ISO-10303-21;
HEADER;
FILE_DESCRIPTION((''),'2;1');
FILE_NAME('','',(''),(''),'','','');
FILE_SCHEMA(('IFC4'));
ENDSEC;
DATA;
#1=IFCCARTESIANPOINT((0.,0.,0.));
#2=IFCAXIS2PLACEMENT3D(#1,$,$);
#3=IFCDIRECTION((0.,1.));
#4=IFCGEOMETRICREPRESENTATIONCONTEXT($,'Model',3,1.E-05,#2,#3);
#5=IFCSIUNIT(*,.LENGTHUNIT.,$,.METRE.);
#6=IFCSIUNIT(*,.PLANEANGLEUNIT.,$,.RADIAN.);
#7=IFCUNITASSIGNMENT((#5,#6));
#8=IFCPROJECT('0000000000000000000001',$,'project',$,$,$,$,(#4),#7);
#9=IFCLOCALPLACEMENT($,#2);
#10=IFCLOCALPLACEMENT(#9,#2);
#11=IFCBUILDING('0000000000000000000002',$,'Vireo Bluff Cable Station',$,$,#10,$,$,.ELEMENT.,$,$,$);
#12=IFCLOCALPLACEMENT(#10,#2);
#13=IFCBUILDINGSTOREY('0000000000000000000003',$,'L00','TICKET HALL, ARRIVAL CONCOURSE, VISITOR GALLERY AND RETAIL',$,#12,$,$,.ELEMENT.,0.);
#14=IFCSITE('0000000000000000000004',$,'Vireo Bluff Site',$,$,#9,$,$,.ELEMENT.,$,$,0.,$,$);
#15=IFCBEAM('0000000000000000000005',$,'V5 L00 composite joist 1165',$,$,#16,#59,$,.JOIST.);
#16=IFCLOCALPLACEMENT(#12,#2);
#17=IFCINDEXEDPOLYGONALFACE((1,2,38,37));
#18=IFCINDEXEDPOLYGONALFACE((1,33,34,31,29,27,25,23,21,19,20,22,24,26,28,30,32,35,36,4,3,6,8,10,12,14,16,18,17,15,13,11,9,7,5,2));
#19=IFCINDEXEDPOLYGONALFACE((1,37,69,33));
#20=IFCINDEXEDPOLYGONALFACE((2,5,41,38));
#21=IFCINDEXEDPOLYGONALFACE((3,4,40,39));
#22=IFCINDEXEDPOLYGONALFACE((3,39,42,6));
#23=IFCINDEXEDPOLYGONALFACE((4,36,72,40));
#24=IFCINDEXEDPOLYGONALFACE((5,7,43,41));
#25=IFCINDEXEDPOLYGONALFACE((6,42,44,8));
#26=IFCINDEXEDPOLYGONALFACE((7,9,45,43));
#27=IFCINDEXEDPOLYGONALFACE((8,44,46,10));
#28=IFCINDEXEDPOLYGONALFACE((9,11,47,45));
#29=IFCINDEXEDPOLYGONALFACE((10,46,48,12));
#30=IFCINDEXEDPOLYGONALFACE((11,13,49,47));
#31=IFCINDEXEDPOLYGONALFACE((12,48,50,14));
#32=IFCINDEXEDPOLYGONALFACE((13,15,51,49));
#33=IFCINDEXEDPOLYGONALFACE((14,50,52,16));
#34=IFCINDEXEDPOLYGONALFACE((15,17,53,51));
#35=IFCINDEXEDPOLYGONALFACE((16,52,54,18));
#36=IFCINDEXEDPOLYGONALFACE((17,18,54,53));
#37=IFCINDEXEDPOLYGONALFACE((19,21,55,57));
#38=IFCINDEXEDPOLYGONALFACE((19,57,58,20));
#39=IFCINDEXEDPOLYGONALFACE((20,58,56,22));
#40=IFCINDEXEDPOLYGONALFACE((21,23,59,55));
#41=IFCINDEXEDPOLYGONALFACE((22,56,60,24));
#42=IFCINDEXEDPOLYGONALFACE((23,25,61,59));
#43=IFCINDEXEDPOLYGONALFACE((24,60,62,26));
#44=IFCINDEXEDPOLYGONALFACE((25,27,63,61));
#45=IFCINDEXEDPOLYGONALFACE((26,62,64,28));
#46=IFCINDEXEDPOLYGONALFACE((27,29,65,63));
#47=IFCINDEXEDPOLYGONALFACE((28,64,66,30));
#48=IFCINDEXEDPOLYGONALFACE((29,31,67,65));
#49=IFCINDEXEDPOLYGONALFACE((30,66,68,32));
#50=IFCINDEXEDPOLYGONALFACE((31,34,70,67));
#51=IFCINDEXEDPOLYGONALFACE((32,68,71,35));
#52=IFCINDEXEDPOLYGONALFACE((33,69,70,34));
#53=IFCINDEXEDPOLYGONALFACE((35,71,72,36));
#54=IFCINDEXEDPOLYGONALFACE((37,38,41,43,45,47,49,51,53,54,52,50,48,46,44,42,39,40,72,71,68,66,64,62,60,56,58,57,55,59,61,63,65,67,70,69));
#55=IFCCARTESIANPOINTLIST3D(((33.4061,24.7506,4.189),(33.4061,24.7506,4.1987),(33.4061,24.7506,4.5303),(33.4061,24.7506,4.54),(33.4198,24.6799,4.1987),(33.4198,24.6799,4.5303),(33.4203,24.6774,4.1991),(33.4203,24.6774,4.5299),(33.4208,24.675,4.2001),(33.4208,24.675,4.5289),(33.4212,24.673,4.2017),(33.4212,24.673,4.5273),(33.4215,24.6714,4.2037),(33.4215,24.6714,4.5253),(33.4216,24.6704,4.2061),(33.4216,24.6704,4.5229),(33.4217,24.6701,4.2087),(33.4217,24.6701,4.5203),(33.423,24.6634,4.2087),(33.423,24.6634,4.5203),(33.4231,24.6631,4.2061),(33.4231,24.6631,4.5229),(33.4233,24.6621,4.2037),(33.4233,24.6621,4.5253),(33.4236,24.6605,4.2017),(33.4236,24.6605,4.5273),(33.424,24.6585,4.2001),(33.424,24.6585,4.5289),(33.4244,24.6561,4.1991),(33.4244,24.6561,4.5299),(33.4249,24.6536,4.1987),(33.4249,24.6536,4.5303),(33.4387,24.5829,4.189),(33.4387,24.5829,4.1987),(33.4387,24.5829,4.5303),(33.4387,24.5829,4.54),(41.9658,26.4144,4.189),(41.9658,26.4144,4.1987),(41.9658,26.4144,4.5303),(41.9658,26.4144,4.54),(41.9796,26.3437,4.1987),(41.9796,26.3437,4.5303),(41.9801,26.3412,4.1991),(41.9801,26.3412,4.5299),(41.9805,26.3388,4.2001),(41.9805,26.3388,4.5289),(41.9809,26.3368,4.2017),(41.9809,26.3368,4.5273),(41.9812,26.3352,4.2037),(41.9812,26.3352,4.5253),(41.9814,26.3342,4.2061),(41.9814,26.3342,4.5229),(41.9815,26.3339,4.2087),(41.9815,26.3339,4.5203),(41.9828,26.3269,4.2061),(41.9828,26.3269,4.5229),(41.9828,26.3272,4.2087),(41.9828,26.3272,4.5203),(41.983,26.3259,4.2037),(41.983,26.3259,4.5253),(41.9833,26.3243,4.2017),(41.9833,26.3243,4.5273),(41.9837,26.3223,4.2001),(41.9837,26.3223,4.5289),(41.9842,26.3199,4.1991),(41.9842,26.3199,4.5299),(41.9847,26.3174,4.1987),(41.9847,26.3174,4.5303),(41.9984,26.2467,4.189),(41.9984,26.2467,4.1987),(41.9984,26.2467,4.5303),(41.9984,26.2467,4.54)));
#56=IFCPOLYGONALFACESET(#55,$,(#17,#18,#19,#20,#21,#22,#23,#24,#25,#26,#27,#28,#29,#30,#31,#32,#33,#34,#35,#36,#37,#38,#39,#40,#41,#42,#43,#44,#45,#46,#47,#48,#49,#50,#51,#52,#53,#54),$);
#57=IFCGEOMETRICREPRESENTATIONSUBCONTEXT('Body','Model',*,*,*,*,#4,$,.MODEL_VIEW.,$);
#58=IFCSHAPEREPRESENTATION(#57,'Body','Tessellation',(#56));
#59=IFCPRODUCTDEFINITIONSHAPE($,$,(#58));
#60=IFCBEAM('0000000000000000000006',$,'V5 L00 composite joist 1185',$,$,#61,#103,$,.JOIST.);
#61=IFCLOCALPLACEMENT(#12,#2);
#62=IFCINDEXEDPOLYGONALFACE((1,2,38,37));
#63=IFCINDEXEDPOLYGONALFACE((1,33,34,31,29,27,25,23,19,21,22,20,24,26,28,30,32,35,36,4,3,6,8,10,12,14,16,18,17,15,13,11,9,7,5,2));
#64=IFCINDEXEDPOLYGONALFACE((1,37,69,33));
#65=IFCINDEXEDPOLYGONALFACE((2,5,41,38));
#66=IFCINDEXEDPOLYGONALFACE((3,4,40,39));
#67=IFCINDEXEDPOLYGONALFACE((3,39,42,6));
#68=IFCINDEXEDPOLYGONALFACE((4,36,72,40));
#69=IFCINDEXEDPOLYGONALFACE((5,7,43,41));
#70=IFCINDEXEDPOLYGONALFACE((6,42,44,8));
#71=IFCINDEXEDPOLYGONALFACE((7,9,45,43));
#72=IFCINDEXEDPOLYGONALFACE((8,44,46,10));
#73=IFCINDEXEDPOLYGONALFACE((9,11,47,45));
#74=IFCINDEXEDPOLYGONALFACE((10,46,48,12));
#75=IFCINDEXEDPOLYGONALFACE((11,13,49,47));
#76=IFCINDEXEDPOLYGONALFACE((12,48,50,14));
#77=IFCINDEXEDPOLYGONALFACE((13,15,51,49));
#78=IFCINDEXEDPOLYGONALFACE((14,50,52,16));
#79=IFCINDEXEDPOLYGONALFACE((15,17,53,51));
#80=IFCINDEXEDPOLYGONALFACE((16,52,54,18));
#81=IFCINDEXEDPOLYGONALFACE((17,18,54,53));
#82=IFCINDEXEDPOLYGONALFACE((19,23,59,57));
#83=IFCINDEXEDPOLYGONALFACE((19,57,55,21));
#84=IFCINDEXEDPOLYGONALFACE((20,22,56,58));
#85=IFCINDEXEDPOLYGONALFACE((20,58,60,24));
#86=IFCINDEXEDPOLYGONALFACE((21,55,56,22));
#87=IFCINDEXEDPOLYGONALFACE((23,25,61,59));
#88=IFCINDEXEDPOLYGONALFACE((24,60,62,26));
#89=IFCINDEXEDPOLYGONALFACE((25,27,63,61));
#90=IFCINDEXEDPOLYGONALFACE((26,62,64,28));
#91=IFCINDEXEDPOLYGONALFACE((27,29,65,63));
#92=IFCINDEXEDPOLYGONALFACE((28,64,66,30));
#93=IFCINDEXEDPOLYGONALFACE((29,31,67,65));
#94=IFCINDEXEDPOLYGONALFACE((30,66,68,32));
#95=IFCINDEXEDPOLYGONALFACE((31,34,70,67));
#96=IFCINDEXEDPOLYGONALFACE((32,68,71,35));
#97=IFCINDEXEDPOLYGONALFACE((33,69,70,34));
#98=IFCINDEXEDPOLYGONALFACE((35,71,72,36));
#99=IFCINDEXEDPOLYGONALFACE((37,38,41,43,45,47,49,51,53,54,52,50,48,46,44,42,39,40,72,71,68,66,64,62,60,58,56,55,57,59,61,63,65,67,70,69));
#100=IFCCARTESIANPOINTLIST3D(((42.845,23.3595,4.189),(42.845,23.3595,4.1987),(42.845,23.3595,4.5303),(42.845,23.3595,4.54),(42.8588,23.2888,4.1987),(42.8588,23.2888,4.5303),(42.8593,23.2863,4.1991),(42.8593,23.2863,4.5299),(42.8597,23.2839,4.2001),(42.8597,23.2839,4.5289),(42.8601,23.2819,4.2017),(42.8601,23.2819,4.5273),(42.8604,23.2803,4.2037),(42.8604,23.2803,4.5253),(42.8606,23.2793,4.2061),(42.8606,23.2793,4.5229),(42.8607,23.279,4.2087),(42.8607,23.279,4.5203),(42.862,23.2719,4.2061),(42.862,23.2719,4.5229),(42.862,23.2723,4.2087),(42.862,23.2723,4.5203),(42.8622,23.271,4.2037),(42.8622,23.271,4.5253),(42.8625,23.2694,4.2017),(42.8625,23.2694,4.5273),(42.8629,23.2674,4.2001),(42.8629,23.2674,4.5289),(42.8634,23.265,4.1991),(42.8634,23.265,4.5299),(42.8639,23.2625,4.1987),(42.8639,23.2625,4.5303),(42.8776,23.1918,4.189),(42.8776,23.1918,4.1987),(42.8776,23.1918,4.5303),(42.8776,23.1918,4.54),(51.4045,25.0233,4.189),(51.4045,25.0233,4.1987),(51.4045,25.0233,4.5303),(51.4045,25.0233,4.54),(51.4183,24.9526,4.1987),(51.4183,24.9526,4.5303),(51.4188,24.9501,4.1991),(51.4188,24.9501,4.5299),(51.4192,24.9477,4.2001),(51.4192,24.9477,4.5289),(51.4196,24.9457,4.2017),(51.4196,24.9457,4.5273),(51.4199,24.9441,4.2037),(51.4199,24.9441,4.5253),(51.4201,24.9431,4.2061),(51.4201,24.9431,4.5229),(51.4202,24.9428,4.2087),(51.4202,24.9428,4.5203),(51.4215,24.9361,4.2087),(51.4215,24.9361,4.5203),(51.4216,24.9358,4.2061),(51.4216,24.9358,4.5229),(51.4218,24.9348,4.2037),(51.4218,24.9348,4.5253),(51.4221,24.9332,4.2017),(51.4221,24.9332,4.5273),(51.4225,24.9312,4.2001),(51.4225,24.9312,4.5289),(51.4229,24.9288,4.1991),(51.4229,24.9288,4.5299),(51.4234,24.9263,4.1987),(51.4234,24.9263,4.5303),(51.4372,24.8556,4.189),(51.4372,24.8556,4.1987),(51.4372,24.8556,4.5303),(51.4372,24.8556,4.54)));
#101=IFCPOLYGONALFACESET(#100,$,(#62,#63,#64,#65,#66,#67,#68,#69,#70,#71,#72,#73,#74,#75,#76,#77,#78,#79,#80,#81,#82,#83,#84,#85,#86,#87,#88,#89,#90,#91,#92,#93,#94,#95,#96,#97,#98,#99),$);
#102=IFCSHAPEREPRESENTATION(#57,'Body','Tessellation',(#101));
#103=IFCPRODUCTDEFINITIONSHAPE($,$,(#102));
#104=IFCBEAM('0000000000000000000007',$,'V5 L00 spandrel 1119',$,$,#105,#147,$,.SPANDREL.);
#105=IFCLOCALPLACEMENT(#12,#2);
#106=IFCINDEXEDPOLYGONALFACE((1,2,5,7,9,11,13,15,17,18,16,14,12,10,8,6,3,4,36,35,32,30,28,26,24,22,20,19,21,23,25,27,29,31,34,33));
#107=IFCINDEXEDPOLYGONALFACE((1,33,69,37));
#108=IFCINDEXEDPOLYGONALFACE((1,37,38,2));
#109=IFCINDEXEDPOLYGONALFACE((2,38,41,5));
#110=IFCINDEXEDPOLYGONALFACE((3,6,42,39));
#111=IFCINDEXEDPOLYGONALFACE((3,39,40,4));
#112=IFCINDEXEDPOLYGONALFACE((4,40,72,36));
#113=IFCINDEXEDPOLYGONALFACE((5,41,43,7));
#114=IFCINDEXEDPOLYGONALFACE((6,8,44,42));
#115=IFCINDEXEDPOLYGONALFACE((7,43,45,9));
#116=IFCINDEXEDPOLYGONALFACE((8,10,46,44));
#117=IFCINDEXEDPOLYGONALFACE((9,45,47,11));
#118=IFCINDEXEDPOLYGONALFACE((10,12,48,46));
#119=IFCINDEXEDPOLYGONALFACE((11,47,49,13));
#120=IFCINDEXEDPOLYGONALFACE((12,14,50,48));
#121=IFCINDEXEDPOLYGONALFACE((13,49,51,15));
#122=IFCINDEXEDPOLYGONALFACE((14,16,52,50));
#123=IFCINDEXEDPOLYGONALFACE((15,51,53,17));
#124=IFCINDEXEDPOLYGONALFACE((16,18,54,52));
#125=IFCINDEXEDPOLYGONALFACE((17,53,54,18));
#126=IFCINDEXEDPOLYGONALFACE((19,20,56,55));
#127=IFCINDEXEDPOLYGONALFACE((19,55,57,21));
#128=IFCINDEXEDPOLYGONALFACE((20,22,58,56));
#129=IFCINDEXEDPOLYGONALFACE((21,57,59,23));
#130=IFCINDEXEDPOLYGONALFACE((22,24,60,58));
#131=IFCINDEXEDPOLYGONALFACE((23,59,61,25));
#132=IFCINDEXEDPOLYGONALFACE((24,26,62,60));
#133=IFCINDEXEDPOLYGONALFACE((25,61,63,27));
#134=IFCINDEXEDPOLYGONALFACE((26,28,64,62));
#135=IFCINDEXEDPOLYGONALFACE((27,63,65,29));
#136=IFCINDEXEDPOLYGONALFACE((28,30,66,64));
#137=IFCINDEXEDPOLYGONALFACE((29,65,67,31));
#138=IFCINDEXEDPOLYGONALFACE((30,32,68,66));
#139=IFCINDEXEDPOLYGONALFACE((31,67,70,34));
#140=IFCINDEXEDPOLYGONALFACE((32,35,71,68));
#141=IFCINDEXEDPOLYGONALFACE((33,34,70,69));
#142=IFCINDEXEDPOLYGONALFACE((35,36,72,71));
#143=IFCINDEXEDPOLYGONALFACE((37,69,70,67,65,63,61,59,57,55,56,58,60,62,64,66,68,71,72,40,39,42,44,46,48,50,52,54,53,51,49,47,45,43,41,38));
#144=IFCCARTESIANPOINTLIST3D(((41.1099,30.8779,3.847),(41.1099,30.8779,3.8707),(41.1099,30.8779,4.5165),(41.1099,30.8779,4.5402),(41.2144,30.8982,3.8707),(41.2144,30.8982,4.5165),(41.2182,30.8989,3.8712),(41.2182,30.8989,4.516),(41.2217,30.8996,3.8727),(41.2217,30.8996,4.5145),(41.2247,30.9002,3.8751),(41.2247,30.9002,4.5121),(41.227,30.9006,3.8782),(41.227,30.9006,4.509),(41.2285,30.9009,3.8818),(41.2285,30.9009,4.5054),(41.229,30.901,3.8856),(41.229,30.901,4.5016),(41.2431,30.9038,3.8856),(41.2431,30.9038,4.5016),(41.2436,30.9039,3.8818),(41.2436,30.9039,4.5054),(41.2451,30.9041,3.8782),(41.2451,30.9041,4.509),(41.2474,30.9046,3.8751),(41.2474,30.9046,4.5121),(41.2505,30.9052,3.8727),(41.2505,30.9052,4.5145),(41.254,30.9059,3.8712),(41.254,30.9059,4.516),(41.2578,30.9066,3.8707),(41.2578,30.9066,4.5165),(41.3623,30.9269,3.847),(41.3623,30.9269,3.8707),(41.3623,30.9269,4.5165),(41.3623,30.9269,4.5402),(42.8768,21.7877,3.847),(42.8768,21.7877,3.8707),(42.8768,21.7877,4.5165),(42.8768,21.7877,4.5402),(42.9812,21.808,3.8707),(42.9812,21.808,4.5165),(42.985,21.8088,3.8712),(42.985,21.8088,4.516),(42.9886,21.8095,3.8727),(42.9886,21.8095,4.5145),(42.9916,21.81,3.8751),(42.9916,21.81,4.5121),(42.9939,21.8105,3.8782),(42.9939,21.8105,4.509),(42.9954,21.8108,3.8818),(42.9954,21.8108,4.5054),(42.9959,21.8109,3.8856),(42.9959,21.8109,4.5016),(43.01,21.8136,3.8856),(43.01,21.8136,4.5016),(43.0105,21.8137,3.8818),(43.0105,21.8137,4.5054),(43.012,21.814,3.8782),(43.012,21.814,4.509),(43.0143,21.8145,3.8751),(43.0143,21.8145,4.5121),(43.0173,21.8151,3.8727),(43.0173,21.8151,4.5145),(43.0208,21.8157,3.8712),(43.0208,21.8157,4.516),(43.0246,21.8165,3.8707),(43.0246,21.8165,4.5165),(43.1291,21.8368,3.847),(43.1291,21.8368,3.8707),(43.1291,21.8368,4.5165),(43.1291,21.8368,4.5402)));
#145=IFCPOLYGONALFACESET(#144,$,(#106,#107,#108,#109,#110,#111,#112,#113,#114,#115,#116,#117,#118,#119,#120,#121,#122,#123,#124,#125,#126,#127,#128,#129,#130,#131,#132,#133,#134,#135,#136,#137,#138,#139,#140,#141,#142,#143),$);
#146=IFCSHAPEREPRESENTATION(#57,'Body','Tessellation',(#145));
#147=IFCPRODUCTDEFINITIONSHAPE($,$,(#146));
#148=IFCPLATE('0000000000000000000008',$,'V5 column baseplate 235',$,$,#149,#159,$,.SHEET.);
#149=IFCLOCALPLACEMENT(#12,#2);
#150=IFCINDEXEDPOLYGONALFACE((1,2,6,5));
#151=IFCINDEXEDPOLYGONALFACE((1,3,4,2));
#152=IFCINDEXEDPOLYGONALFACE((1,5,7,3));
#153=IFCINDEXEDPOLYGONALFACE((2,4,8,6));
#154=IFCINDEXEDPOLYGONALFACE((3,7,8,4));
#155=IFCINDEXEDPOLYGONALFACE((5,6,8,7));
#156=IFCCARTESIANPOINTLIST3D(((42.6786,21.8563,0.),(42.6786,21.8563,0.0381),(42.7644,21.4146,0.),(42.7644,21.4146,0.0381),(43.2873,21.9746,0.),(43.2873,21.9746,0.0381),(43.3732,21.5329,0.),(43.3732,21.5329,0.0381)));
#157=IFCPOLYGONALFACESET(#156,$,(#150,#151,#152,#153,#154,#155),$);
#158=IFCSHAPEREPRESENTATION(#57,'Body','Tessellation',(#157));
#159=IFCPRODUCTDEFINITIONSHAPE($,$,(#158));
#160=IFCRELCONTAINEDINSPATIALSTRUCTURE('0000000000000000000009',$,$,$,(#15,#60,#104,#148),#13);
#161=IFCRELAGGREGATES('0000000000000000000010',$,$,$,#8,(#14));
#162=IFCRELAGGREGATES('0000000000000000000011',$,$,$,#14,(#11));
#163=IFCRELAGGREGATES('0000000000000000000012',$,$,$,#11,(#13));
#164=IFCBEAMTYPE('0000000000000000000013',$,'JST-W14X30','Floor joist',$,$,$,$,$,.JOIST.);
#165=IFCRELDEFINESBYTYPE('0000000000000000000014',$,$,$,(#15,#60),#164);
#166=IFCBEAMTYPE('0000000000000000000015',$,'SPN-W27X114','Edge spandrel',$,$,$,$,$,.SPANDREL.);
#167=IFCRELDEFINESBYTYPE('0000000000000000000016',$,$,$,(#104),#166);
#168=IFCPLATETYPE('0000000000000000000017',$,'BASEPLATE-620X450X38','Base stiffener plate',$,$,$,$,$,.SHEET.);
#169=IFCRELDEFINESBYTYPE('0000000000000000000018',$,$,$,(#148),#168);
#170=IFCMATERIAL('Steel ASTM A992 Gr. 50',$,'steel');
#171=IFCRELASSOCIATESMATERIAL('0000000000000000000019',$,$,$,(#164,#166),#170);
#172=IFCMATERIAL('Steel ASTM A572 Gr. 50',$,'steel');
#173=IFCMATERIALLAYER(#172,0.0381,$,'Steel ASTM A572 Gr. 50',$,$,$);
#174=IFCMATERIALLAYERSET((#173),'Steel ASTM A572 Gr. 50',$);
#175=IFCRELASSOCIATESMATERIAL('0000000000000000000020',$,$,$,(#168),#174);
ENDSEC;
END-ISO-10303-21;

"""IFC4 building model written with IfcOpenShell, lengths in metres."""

from ifc_helpers import new_model, si_unit, direction, frame, origin, origin_2d, place, context, subcontext, project, spatial, rectangle, i_section, extrude, material, layer, layer_set, material_profile, profile_set, type_object, element, save


model = new_model("IFC4")

# Units and contexts
model_context = context("Model", 3, precision=1e-05, world=origin(), true_north=direction((0.0, 1.0)))
body_context = subcontext(model_context, "Body", "Model", "MODEL_VIEW")
ifc_project = project(units=[si_unit("LENGTHUNIT", "METRE"), si_unit("PLANEANGLEUNIT", "RADIAN")], contexts=[model_context])

# Site, building, storey
site_placement = place(None, origin())
site = spatial("IfcSite", under=ifc_project, at=site_placement, Name="Vireo Bluff Site", CompositionType="ELEMENT", RefElevation=0.0)
building_placement = place(site_placement, origin())
building = spatial("IfcBuilding", under=site, at=building_placement, Name="Vireo Bluff Cable Station", CompositionType="ELEMENT")
storey_placement = place(building_placement, origin())
storey = spatial("IfcBuildingStorey", under=building, at=storey_placement, Name="L00", Description="TICKET HALL, ARRIVAL CONCOURSE, VISITOR GALLERY AND RETAIL", CompositionType="ELEMENT", Elevation=0.0)

# Shared definitions
ifc_material_1 = material(Name="Steel ASTM A992 Gr. 50", Category="steel")

# Beams
ifc_material_profile_1 = material_profile(ifc_material_1, i_section(OverallWidth=0.1709, OverallDepth=0.3511, WebThickness=0.0068, FlangeThickness=0.0098, FilletRadius=0.01, at=origin_2d()), Name="W14X30")
ifc_profile_set_1 = profile_set([ifc_material_profile_1], Name="Steel ASTM A992 Gr. 50")
beam_type_1 = type_object("IfcBeamType", Name="JST-W14X30", Description="Floor joist", PredefinedType="JOIST", material=ifc_profile_set_1)
beam_1_placement = place(storey_placement, frame((33.4224, 24.6667, 4.3645), z_axis=(0.981628, 0.190804, 0.0), x_axis=(-0.190804, 0.981628, 0.0)))
element("IfcBeam", 1, at=beam_1_placement, inside=storey, type_object=beam_type_1, Name="V5 L00 composite joist 1165", PredefinedType="JOIST", context=body_context, shape_type="SweptSolid", body=[
    extrude(i_section(OverallWidth=0.1709, OverallDepth=0.3511, WebThickness=0.0068, FlangeThickness=0.0098, FilletRadius=0.01, at=origin_2d()), origin(), (0.0, 0.0, 1.0), 8.72),
])
beam_2_placement = place(storey_placement, frame((42.8613, 23.2756, 4.3645), z_axis=(0.981627, 0.19081, 0.0), x_axis=(-0.19081, 0.981627, 0.0)))
element("IfcBeam", 2, at=beam_2_placement, inside=storey, type_object=beam_type_1, Name="V5 L00 composite joist 1185", PredefinedType="JOIST", context=body_context, shape_type="SweptSolid", body=[
    extrude(i_section(OverallWidth=0.1709, OverallDepth=0.3511, WebThickness=0.0068, FlangeThickness=0.0098, FilletRadius=0.01, at=origin_2d()), origin(), (0.0, 0.0, 1.0), 8.7197),
])
ifc_material_profile_2 = material_profile(ifc_material_1, i_section(OverallWidth=0.2571, OverallDepth=0.6931, WebThickness=0.0144, FlangeThickness=0.0237, FilletRadius=0.0149, at=origin_2d()), Name="W27X114")
ifc_profile_set_2 = profile_set([ifc_material_profile_2], Name="Steel ASTM A992 Gr. 50")
beam_type_2 = type_object("IfcBeamType", Name="SPN-W27X114", Description="Edge spandrel", PredefinedType="SPANDREL", material=ifc_profile_set_2)
beam_3_placement = place(storey_placement, frame((43.0029, 21.8123, 4.1936), z_axis=(-0.1908, 0.981629, 0.0), x_axis=(-0.981629, -0.1908, 0.0)))
element("IfcBeam", 3, at=beam_3_placement, inside=storey, type_object=beam_type_2, Name="V5 L00 spandrel 1119", PredefinedType="SPANDREL", context=body_context, shape_type="SweptSolid", body=[
    extrude(i_section(OverallWidth=0.2571, OverallDepth=0.6931, WebThickness=0.0144, FlangeThickness=0.0237, FilletRadius=0.0149, at=origin_2d()), origin(), (0.0, 0.0, 1.0), 9.2603),
])

# Plate
ifc_material_2 = material(Name="Steel ASTM A572 Gr. 50", Category="steel")
ifc_layer_1 = layer(ifc_material_2, 0.0381, Name="Steel ASTM A572 Gr. 50")
ifc_layer_set_1 = layer_set([ifc_layer_1], Name="Steel ASTM A572 Gr. 50")
plate_type = type_object("IfcPlateType", Name="BASEPLATE-620X450X38", Description="Base stiffener plate", PredefinedType="SHEET", material=ifc_layer_set_1)
plate_placement = place(storey_placement, frame((43.0259, 21.6946, 0.0), z_axis=(0.0, 0.0, 1.0), x_axis=(0.981627, 0.190809, 0.0)))
element("IfcPlate", 4, at=plate_placement, inside=storey, type_object=plate_type, Name="V5 column baseplate 235", PredefinedType="SHEET", context=body_context, shape_type="SweptSolid", body=[
    extrude(rectangle(XDim=0.6201, YDim=0.45, at=origin_2d()), origin(), (0.0, 0.0, 1.0), 0.0381),
])

save(model, "model.ifc")
